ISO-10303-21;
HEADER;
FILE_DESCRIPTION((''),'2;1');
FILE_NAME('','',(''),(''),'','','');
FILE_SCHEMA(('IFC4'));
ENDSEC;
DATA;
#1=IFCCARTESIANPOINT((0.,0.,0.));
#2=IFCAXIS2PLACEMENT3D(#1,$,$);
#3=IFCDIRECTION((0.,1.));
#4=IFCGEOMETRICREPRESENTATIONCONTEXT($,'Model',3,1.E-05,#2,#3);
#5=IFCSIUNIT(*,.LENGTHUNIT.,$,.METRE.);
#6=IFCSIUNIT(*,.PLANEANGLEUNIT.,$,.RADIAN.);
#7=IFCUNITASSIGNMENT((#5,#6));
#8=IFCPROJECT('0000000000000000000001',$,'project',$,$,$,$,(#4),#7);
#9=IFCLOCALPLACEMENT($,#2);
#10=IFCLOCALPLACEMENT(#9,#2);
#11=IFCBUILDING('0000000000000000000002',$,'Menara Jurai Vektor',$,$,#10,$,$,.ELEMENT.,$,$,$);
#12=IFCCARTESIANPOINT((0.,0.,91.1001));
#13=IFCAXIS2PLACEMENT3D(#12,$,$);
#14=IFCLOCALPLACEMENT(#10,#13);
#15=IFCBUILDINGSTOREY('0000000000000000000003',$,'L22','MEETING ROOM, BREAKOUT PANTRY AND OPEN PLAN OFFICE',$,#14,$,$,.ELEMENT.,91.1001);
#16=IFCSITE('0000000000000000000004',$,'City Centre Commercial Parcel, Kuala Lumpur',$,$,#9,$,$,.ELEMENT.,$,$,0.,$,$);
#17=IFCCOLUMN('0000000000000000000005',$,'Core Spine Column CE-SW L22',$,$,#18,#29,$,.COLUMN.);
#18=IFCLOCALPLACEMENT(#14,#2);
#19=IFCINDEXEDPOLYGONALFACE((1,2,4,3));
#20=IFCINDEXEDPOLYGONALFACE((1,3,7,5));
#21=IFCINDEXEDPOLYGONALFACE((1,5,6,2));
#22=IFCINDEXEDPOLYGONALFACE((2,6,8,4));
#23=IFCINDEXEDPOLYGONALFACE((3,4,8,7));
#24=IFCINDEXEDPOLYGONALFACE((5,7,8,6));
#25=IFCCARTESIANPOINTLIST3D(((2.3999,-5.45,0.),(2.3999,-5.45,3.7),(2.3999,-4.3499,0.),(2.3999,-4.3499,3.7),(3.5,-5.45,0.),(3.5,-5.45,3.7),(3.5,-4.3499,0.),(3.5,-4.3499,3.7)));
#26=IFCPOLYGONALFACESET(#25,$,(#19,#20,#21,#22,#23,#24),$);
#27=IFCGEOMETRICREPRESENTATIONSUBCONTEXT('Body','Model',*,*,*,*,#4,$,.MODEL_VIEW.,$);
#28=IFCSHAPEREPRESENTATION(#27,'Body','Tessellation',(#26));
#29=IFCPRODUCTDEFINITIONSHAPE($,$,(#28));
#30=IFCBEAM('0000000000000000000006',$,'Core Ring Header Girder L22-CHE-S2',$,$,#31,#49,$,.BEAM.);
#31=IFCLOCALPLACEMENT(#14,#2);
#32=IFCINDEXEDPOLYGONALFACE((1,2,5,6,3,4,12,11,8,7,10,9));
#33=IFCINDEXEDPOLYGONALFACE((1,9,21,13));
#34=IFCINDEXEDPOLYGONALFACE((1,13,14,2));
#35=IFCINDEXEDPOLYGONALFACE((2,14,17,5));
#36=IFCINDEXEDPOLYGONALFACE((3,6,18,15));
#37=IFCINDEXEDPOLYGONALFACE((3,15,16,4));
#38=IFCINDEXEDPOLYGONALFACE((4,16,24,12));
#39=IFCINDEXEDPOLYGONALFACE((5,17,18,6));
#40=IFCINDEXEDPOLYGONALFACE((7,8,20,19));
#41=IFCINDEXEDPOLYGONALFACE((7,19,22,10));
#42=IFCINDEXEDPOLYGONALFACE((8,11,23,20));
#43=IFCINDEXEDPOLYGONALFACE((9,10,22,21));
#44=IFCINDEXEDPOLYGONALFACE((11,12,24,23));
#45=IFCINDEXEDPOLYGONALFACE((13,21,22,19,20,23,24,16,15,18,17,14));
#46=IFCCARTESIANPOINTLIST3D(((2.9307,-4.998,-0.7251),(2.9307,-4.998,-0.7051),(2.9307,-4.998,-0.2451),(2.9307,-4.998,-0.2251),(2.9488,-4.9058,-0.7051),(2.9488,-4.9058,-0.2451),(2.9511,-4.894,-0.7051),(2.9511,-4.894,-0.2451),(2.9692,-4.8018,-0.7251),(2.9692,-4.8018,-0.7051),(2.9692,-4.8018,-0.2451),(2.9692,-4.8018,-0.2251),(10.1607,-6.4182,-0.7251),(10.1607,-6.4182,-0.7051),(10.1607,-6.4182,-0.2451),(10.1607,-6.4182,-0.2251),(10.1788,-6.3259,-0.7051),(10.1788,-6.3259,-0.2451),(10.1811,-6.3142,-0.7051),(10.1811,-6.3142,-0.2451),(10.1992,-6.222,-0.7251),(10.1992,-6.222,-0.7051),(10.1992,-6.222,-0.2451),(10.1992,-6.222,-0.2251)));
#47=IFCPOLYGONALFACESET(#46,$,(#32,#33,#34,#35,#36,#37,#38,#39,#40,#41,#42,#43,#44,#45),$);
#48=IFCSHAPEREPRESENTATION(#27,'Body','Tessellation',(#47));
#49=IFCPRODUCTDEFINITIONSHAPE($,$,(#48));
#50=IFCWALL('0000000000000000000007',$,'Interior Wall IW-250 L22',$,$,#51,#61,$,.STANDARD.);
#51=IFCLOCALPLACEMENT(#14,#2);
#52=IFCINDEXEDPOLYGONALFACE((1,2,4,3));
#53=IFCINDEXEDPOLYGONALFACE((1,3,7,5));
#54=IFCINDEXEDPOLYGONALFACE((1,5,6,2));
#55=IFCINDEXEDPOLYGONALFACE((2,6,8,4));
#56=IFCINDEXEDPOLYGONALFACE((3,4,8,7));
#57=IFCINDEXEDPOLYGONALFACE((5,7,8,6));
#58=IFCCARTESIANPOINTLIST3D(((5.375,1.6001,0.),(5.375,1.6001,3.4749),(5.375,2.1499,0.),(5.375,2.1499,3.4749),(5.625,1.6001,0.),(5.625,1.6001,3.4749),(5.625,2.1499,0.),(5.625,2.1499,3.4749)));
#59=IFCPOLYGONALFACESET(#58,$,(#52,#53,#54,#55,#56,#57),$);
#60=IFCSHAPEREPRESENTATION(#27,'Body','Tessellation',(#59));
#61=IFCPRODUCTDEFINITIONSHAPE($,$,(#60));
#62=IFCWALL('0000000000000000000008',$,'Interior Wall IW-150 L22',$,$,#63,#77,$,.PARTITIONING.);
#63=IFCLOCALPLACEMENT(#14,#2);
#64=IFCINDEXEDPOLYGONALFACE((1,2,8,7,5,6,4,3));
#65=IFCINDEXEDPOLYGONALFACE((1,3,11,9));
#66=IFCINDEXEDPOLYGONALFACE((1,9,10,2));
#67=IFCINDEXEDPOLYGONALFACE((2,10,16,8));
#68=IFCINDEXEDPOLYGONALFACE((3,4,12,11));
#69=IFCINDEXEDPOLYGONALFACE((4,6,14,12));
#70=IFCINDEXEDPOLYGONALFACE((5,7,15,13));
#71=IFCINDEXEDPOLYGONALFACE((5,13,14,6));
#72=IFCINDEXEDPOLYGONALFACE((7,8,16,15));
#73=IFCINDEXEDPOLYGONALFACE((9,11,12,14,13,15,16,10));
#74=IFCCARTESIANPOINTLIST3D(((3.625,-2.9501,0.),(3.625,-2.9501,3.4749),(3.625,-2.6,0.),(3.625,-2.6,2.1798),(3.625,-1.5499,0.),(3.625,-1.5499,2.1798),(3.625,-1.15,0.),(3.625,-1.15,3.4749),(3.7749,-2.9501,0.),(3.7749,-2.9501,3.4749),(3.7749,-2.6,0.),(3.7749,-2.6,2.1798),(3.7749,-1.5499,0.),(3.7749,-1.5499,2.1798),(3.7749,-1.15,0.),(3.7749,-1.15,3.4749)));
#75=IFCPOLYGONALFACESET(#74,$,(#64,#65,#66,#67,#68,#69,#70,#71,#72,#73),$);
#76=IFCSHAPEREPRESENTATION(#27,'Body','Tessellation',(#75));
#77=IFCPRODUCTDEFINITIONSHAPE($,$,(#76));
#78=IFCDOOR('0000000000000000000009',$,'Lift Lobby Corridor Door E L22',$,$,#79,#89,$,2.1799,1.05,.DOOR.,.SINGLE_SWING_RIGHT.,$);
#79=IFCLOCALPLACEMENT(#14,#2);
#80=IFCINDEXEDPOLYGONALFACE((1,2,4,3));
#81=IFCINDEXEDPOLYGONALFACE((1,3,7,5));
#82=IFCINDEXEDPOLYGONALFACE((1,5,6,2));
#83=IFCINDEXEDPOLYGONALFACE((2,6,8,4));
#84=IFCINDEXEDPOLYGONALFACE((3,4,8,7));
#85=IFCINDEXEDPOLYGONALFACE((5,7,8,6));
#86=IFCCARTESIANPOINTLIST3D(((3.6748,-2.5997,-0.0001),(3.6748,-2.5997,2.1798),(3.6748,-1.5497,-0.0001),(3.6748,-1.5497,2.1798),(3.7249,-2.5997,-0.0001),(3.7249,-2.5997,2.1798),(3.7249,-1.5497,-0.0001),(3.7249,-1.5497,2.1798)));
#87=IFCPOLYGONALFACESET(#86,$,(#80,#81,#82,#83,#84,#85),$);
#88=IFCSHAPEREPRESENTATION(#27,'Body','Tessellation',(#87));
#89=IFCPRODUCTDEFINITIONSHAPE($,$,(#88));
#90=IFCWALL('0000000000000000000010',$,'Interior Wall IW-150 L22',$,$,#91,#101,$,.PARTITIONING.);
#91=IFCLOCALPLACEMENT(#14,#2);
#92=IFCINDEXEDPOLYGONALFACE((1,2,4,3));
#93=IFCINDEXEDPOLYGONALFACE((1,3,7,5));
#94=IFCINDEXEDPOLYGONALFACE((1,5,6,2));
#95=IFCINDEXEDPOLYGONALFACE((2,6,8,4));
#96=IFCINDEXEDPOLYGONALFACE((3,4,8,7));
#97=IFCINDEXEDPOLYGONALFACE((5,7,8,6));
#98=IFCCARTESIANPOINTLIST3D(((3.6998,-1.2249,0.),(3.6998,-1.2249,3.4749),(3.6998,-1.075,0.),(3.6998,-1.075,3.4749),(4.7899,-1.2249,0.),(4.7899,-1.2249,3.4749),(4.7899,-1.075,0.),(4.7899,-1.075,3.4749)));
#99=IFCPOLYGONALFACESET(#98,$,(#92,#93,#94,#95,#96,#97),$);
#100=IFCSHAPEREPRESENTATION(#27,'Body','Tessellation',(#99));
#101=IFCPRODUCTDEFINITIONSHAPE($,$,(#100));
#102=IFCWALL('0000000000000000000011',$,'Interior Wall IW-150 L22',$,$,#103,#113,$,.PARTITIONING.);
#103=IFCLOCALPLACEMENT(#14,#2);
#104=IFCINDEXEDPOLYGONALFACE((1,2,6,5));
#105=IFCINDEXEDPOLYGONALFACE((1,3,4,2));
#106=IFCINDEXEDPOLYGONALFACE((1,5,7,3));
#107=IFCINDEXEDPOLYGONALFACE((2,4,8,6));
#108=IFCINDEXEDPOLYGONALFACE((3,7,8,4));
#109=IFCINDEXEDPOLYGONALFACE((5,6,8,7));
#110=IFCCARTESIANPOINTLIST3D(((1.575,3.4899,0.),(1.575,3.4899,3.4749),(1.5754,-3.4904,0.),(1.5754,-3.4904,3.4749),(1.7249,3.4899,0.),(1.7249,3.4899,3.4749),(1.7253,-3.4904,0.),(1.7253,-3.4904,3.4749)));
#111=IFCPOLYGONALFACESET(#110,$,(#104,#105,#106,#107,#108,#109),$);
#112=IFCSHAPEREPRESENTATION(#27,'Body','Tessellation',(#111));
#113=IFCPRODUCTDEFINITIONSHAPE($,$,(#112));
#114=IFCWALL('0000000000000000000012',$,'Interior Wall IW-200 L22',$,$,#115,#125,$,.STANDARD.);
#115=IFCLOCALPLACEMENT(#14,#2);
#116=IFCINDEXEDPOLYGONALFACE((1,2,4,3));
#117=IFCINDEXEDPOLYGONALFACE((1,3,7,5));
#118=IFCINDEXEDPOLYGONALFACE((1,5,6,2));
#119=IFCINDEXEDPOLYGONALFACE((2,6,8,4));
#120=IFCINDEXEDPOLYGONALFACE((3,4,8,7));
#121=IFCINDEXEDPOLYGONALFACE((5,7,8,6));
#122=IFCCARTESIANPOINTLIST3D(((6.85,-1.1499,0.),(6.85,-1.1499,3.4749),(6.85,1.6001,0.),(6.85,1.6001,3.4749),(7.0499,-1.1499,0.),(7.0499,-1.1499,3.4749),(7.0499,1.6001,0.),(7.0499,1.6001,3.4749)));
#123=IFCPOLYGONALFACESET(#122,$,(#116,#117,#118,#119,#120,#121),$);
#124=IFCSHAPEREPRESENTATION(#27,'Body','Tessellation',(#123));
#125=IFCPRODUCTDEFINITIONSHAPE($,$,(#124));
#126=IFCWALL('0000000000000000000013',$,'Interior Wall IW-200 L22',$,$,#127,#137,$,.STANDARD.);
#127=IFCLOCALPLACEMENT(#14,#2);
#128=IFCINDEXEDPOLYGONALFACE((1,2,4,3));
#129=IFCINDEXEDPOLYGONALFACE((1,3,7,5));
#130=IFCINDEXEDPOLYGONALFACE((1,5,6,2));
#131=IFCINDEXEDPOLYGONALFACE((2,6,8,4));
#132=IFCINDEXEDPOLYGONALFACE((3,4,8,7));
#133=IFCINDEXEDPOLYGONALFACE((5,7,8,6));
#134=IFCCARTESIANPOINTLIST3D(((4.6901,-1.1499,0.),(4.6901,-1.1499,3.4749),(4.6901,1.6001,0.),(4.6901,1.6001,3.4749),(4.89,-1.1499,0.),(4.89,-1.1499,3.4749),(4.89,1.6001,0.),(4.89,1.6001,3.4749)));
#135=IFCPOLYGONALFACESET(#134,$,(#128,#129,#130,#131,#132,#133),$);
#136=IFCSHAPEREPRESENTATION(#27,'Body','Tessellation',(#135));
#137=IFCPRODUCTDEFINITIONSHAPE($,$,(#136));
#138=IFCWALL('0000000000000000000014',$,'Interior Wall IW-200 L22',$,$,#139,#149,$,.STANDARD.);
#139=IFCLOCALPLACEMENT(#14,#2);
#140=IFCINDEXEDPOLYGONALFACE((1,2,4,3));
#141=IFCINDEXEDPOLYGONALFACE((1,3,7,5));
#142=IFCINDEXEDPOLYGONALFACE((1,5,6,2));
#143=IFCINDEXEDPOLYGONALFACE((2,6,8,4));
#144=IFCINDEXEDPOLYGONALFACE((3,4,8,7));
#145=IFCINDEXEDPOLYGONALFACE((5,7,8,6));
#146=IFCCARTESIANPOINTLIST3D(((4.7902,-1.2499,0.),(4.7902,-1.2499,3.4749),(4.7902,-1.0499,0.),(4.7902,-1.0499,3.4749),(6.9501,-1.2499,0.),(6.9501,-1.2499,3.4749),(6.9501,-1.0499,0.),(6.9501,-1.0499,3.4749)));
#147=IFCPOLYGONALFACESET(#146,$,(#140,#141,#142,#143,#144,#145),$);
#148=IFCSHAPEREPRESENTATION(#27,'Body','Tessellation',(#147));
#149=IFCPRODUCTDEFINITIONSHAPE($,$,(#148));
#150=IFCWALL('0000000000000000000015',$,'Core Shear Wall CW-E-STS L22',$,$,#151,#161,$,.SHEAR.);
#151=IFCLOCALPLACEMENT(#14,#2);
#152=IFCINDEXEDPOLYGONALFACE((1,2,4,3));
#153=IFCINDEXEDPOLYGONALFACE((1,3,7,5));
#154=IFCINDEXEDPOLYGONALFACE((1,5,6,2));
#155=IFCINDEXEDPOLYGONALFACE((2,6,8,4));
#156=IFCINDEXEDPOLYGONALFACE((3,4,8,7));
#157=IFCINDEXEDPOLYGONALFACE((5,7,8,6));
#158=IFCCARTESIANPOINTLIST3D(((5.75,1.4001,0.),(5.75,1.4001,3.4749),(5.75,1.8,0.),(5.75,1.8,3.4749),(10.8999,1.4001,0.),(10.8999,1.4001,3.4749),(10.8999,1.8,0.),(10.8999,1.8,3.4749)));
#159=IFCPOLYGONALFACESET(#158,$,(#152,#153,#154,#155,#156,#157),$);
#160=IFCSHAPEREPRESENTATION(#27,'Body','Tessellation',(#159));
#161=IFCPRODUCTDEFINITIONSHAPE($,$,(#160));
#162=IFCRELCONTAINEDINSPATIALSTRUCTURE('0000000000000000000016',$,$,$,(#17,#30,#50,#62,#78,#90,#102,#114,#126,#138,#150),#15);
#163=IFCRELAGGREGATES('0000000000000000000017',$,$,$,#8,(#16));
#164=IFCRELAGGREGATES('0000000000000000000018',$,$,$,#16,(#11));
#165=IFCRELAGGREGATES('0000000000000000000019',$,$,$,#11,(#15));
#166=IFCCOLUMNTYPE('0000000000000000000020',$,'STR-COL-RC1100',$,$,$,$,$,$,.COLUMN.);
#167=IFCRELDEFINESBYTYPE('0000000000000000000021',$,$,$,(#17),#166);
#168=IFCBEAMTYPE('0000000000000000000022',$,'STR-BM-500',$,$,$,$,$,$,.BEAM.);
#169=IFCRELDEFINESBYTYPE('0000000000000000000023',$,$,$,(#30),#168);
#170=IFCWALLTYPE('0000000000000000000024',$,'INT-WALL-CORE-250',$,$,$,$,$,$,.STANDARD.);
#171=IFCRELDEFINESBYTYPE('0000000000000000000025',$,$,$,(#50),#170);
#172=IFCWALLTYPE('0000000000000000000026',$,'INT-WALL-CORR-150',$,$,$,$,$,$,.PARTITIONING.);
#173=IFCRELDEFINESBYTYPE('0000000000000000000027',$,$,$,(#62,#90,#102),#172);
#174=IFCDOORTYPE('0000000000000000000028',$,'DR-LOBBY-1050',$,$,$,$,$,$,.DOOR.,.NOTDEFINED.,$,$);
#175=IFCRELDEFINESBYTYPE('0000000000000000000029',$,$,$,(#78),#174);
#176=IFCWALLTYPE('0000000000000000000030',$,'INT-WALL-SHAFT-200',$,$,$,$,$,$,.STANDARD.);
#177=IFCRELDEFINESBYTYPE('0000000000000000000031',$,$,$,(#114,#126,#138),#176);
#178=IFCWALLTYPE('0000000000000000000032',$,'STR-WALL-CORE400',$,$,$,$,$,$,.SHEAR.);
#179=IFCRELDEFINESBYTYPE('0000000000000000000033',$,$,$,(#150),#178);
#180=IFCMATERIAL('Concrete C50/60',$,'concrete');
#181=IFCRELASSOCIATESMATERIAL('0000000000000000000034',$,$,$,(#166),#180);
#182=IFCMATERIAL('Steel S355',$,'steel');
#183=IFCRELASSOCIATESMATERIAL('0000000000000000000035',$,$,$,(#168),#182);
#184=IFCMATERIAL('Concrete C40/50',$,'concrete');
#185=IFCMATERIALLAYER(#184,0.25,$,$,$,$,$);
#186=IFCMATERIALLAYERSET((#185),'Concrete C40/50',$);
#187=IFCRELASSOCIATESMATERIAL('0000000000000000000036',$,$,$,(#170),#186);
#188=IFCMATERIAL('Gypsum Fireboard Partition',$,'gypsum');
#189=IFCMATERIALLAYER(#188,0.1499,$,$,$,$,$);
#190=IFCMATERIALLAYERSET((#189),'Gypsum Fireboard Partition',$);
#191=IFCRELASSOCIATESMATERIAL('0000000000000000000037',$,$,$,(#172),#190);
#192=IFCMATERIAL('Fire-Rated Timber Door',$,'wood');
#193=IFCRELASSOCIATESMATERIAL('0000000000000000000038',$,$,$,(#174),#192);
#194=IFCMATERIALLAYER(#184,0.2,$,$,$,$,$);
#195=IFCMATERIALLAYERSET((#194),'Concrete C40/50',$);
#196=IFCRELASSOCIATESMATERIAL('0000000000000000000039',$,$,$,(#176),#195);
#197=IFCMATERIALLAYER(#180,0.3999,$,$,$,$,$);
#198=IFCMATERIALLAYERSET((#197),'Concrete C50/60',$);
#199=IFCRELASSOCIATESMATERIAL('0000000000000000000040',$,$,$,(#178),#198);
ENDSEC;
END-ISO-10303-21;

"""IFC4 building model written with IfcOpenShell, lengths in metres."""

from ifc_helpers import new_model, si_unit, direction, frame, frame_2d, origin, origin_2d, place, context, subcontext, project, spatial, rectangle, i_section, extrude, material, layer, layer_set, material_profile, profile_set, type_object, element, fill, save


model = new_model("IFC4")

# Units and contexts
model_context = context("Model", 3, precision=1e-05, world=origin(), true_north=direction((0.0, 1.0)))
body_context = subcontext(model_context, "Body", "Model", "MODEL_VIEW")
ifc_project = project(units=[si_unit("LENGTHUNIT", "METRE"), si_unit("PLANEANGLEUNIT", "RADIAN")], contexts=[model_context])

# Site, building, storey
site_placement = place(None, origin())
site = spatial("IfcSite", under=ifc_project, at=site_placement, Name="City Centre Commercial Parcel, Kuala Lumpur", CompositionType="ELEMENT", RefElevation=0.0)
building_placement = place(site_placement, origin())
building = spatial("IfcBuilding", under=site, at=building_placement, Name="Menara Jurai Vektor", CompositionType="ELEMENT")
storey_placement = place(building_placement, frame((0.0, 0.0, 91.1001)))
storey = spatial("IfcBuildingStorey", under=building, at=storey_placement, Name="L22", Description="MEETING ROOM, BREAKOUT PANTRY AND OPEN PLAN OFFICE", CompositionType="ELEMENT", Elevation=91.1001)

# Column
ifc_material_1 = material(Name="Concrete C50/60", Category="concrete")
ifc_material_profile_1 = material_profile(ifc_material_1, rectangle(XDim=1.1001, YDim=1.1001, at=origin_2d()), Name="RC 1100x1100")
ifc_profile_set_1 = profile_set([ifc_material_profile_1], Name="Concrete C50/60")
column_type = type_object("IfcColumnType", Name="STR-COL-RC1100", PredefinedType="COLUMN", material=ifc_profile_set_1)
column_placement = place(storey_placement, frame((2.95, -4.8999, 0.0), z_axis=(0.0, 0.0, 1.0), x_axis=(1.0, 0.0, 0.0)))
element("IfcColumn", 1, at=column_placement, inside=storey, type_object=column_type, Name="Core Spine Column CE-SW L22", PredefinedType="COLUMN", context=body_context, shape_type="SweptSolid", body=[
    extrude(rectangle(XDim=1.1001, YDim=1.1001, at=origin_2d()), origin(), (0.0, 0.0, 1.0), 3.7),
])

# Beam
ifc_material_2 = material(Name="Steel S355", Category="steel")
ifc_material_profile_2 = material_profile(ifc_material_2, i_section(OverallWidth=0.2, OverallDepth=0.5, WebThickness=0.012, FlangeThickness=0.02, at=origin_2d()), Name="PG 500x200x96")
ifc_profile_set_2 = profile_set([ifc_material_profile_2], Name="Steel S355")
beam_type = type_object("IfcBeamType", Name="STR-BM-500", PredefinedType="BEAM", material=ifc_profile_set_2)
beam_placement = place(storey_placement, frame((2.95, -4.8999, -0.4751), z_axis=(0.981249, -0.192744, 0.0), x_axis=(0.192744, 0.981249, 0.0)))
element("IfcBeam", 2, at=beam_placement, inside=storey, type_object=beam_type, Name="Core Ring Header Girder L22-CHE-S2", PredefinedType="BEAM", context=body_context, shape_type="SweptSolid", body=[
    extrude(i_section(OverallWidth=0.2, OverallDepth=0.5, WebThickness=0.012, FlangeThickness=0.02, at=origin_2d()), origin(), (0.0, 0.0, 1.0), 7.3682),
])

# Wall
ifc_material_3 = material(Name="Concrete C40/50", Category="concrete")
ifc_layer_1 = layer(ifc_material_3, 0.25)
ifc_layer_set_1 = layer_set([ifc_layer_1], Name="Concrete C40/50")
wall_type_1 = type_object("IfcWallType", Name="INT-WALL-CORE-250", PredefinedType="STANDARD", material=ifc_layer_set_1)
wall_1_placement = place(storey_placement, frame((5.5, 1.6001, 0.0), z_axis=(0.0, 0.0, 1.0), x_axis=(0.0, 1.0, 0.0)))
element("IfcWall", 3, at=wall_1_placement, inside=storey, type_object=wall_type_1, Name="Interior Wall IW-250 L22", PredefinedType="STANDARD", context=body_context, shape_type="SweptSolid", body=[
    extrude(rectangle(XDim=0.5498, YDim=0.25, at=frame_2d((0.2749, 0.0))), origin(), (0.0, 0.0, 1.0), 3.4749),
])

# Wall, opening, door
ifc_material_4 = material(Name="Gypsum Fireboard Partition", Category="gypsum")
ifc_layer_2 = layer(ifc_material_4, 0.1499)
ifc_layer_set_2 = layer_set([ifc_layer_2], Name="Gypsum Fireboard Partition")
wall_type_2 = type_object("IfcWallType", Name="INT-WALL-CORR-150", PredefinedType="PARTITIONING", material=ifc_layer_set_2)
wall_2_placement = place(storey_placement, frame((3.7, -2.95, 0.0), z_axis=(0.0, 0.0, 1.0), x_axis=(0.0, 1.0, 0.0)))
wall_2 = element("IfcWall", 4, at=wall_2_placement, inside=storey, type_object=wall_type_2, Name="Interior Wall IW-150 L22", PredefinedType="PARTITIONING", context=body_context, shape_type="SweptSolid", body=[
    extrude(rectangle(XDim=1.8, YDim=0.1499, at=frame_2d((0.8999, 0.0))), origin(), (0.0, 0.0, 1.0), 3.4749),
])
opening_1_placement = place(wall_2_placement, frame((0.3501, 0.0, 0.0)))
opening_1 = element("IfcOpeningElement", 5, at=opening_1_placement, cuts=wall_2, PredefinedType="OPENING", context=body_context, shape_type="SweptSolid", body=[
    extrude(rectangle(XDim=1.05, YDim=2.1799, at=frame_2d((0.5249, 1.0898))), frame((0.0, 0.085, 0.0), z_axis=(0.0, -1.0, 0.0), x_axis=(1.0, 0.0, 0.0)), (0.0, 0.0, 1.0), 0.1699),
])
ifc_material_5 = material(Name="Fire-Rated Timber Door", Category="wood")
door_type_1 = type_object("IfcDoorType", Name="DR-LOBBY-1050", OperationType="NOTDEFINED", PredefinedType="DOOR", material=ifc_material_5)
door_1_placement = place(opening_1_placement, frame((1.05, 0.0, 0.0), z_axis=(0.0, 0.0, 1.0), x_axis=(-1.0, 0.0, 0.0)))
door_1 = element("IfcDoor", 6, at=door_1_placement, inside=storey, type_object=door_type_1, Name="Lift Lobby Corridor Door E L22", OperationType="SINGLE_SWING_RIGHT", OverallHeight=2.1799, OverallWidth=1.05, PredefinedType="DOOR", context=body_context, shape_type="SweptSolid", body=[
    extrude(rectangle(XDim=1.05, YDim=2.1799, at=frame_2d((0.5249, 1.0898))), frame((0.0, 0.0249, 0.0), z_axis=(0.0, -1.0, 0.0), x_axis=(1.0, 0.0, 0.0)), (0.0, 0.0, 1.0), 0.05),
])
fill(opening_1, door_1)

# Walls
wall_3_placement = place(storey_placement, frame((3.7, -1.1499, 0.0), z_axis=(0.0, 0.0, 1.0), x_axis=(1.0, 0.0, 0.0)))
element("IfcWall", 7, at=wall_3_placement, inside=storey, type_object=wall_type_2, Name="Interior Wall IW-150 L22", PredefinedType="PARTITIONING", context=body_context, shape_type="SweptSolid", body=[
    extrude(rectangle(XDim=1.0901, YDim=0.1499, at=frame_2d((0.5449, 0.0))), origin(), (0.0, 0.0, 1.0), 3.4749),
])
wall_4_placement = place(storey_placement, frame((1.6504, -3.4905, 0.0), z_axis=(0.0, 0.0, 1.0), x_axis=(-0.00007, 1.0, 0.0)))
element("IfcWall", 8, at=wall_4_placement, inside=storey, type_object=wall_type_2, Name="Interior Wall IW-150 L22", PredefinedType="PARTITIONING", context=body_context, shape_type="SweptSolid", body=[
    extrude(rectangle(XDim=6.9802, YDim=0.1499, at=frame_2d((3.4902, 0.0))), origin(), (0.0, 0.0, 1.0), 3.4749),
])

# Shared definitions
ifc_layer_3 = layer(ifc_material_3, 0.2)
ifc_layer_set_3 = layer_set([ifc_layer_3], Name="Concrete C40/50")
wall_type_3 = type_object("IfcWallType", Name="INT-WALL-SHAFT-200", PredefinedType="STANDARD", material=ifc_layer_set_3)

# Walls
for number, where, z_axis, x_axis, name in (
    (9, (6.95, -1.1499, 0.0), (0.0, 0.0, 1.0), (0.0, 1.0, 0.0), "Interior Wall IW-200 L22"),
    (10, (4.79, -1.1499, 0.0), (0.0, 0.0, 1.0), (0.0, 1.0, 0.0), "Interior Wall IW-200 L22"),
):
    element("IfcWall", number, at=place(storey_placement, frame(where, z_axis=z_axis, x_axis=x_axis)), inside=storey, type_object=wall_type_3, Name=name, PredefinedType="STANDARD", context=body_context, shape_type="SweptSolid", body=[
        extrude(rectangle(XDim=2.75, YDim=0.2, at=frame_2d((1.375, 0.0))), origin(), (0.0, 0.0, 1.0), 3.4749),
    ])
wall_5_placement = place(storey_placement, frame((4.79, -1.1499, 0.0), z_axis=(0.0, 0.0, 1.0), x_axis=(1.0, 0.0, 0.0)))
element("IfcWall", 11, at=wall_5_placement, inside=storey, type_object=wall_type_3, Name="Interior Wall IW-200 L22", PredefinedType="STANDARD", context=body_context, shape_type="SweptSolid", body=[
    extrude(rectangle(XDim=2.1599, YDim=0.2, at=frame_2d((1.0801, 0.0))), origin(), (0.0, 0.0, 1.0), 3.4749),
])

# Wall
ifc_layer_4 = layer(ifc_material_1, 0.3999)
ifc_layer_set_4 = layer_set([ifc_layer_4], Name="Concrete C50/60")
wall_type_4 = type_object("IfcWallType", Name="STR-WALL-CORE400", PredefinedType="SHEAR", material=ifc_layer_set_4)
wall_6_placement = place(storey_placement, frame((5.75, 1.6001, 0.0), z_axis=(0.0, 0.0, 1.0), x_axis=(1.0, 0.0, 0.0)))
element("IfcWall", 12, at=wall_6_placement, inside=storey, type_object=wall_type_4, Name="Core Shear Wall CW-E-STS L22", PredefinedType="SHEAR", context=body_context, shape_type="SweptSolid", body=[
    extrude(rectangle(XDim=5.1499, YDim=0.3999, at=frame_2d((2.575, 0.0))), origin(), (0.0, 0.0, 1.0), 3.4749),
])

save(model, "model.ifc")
